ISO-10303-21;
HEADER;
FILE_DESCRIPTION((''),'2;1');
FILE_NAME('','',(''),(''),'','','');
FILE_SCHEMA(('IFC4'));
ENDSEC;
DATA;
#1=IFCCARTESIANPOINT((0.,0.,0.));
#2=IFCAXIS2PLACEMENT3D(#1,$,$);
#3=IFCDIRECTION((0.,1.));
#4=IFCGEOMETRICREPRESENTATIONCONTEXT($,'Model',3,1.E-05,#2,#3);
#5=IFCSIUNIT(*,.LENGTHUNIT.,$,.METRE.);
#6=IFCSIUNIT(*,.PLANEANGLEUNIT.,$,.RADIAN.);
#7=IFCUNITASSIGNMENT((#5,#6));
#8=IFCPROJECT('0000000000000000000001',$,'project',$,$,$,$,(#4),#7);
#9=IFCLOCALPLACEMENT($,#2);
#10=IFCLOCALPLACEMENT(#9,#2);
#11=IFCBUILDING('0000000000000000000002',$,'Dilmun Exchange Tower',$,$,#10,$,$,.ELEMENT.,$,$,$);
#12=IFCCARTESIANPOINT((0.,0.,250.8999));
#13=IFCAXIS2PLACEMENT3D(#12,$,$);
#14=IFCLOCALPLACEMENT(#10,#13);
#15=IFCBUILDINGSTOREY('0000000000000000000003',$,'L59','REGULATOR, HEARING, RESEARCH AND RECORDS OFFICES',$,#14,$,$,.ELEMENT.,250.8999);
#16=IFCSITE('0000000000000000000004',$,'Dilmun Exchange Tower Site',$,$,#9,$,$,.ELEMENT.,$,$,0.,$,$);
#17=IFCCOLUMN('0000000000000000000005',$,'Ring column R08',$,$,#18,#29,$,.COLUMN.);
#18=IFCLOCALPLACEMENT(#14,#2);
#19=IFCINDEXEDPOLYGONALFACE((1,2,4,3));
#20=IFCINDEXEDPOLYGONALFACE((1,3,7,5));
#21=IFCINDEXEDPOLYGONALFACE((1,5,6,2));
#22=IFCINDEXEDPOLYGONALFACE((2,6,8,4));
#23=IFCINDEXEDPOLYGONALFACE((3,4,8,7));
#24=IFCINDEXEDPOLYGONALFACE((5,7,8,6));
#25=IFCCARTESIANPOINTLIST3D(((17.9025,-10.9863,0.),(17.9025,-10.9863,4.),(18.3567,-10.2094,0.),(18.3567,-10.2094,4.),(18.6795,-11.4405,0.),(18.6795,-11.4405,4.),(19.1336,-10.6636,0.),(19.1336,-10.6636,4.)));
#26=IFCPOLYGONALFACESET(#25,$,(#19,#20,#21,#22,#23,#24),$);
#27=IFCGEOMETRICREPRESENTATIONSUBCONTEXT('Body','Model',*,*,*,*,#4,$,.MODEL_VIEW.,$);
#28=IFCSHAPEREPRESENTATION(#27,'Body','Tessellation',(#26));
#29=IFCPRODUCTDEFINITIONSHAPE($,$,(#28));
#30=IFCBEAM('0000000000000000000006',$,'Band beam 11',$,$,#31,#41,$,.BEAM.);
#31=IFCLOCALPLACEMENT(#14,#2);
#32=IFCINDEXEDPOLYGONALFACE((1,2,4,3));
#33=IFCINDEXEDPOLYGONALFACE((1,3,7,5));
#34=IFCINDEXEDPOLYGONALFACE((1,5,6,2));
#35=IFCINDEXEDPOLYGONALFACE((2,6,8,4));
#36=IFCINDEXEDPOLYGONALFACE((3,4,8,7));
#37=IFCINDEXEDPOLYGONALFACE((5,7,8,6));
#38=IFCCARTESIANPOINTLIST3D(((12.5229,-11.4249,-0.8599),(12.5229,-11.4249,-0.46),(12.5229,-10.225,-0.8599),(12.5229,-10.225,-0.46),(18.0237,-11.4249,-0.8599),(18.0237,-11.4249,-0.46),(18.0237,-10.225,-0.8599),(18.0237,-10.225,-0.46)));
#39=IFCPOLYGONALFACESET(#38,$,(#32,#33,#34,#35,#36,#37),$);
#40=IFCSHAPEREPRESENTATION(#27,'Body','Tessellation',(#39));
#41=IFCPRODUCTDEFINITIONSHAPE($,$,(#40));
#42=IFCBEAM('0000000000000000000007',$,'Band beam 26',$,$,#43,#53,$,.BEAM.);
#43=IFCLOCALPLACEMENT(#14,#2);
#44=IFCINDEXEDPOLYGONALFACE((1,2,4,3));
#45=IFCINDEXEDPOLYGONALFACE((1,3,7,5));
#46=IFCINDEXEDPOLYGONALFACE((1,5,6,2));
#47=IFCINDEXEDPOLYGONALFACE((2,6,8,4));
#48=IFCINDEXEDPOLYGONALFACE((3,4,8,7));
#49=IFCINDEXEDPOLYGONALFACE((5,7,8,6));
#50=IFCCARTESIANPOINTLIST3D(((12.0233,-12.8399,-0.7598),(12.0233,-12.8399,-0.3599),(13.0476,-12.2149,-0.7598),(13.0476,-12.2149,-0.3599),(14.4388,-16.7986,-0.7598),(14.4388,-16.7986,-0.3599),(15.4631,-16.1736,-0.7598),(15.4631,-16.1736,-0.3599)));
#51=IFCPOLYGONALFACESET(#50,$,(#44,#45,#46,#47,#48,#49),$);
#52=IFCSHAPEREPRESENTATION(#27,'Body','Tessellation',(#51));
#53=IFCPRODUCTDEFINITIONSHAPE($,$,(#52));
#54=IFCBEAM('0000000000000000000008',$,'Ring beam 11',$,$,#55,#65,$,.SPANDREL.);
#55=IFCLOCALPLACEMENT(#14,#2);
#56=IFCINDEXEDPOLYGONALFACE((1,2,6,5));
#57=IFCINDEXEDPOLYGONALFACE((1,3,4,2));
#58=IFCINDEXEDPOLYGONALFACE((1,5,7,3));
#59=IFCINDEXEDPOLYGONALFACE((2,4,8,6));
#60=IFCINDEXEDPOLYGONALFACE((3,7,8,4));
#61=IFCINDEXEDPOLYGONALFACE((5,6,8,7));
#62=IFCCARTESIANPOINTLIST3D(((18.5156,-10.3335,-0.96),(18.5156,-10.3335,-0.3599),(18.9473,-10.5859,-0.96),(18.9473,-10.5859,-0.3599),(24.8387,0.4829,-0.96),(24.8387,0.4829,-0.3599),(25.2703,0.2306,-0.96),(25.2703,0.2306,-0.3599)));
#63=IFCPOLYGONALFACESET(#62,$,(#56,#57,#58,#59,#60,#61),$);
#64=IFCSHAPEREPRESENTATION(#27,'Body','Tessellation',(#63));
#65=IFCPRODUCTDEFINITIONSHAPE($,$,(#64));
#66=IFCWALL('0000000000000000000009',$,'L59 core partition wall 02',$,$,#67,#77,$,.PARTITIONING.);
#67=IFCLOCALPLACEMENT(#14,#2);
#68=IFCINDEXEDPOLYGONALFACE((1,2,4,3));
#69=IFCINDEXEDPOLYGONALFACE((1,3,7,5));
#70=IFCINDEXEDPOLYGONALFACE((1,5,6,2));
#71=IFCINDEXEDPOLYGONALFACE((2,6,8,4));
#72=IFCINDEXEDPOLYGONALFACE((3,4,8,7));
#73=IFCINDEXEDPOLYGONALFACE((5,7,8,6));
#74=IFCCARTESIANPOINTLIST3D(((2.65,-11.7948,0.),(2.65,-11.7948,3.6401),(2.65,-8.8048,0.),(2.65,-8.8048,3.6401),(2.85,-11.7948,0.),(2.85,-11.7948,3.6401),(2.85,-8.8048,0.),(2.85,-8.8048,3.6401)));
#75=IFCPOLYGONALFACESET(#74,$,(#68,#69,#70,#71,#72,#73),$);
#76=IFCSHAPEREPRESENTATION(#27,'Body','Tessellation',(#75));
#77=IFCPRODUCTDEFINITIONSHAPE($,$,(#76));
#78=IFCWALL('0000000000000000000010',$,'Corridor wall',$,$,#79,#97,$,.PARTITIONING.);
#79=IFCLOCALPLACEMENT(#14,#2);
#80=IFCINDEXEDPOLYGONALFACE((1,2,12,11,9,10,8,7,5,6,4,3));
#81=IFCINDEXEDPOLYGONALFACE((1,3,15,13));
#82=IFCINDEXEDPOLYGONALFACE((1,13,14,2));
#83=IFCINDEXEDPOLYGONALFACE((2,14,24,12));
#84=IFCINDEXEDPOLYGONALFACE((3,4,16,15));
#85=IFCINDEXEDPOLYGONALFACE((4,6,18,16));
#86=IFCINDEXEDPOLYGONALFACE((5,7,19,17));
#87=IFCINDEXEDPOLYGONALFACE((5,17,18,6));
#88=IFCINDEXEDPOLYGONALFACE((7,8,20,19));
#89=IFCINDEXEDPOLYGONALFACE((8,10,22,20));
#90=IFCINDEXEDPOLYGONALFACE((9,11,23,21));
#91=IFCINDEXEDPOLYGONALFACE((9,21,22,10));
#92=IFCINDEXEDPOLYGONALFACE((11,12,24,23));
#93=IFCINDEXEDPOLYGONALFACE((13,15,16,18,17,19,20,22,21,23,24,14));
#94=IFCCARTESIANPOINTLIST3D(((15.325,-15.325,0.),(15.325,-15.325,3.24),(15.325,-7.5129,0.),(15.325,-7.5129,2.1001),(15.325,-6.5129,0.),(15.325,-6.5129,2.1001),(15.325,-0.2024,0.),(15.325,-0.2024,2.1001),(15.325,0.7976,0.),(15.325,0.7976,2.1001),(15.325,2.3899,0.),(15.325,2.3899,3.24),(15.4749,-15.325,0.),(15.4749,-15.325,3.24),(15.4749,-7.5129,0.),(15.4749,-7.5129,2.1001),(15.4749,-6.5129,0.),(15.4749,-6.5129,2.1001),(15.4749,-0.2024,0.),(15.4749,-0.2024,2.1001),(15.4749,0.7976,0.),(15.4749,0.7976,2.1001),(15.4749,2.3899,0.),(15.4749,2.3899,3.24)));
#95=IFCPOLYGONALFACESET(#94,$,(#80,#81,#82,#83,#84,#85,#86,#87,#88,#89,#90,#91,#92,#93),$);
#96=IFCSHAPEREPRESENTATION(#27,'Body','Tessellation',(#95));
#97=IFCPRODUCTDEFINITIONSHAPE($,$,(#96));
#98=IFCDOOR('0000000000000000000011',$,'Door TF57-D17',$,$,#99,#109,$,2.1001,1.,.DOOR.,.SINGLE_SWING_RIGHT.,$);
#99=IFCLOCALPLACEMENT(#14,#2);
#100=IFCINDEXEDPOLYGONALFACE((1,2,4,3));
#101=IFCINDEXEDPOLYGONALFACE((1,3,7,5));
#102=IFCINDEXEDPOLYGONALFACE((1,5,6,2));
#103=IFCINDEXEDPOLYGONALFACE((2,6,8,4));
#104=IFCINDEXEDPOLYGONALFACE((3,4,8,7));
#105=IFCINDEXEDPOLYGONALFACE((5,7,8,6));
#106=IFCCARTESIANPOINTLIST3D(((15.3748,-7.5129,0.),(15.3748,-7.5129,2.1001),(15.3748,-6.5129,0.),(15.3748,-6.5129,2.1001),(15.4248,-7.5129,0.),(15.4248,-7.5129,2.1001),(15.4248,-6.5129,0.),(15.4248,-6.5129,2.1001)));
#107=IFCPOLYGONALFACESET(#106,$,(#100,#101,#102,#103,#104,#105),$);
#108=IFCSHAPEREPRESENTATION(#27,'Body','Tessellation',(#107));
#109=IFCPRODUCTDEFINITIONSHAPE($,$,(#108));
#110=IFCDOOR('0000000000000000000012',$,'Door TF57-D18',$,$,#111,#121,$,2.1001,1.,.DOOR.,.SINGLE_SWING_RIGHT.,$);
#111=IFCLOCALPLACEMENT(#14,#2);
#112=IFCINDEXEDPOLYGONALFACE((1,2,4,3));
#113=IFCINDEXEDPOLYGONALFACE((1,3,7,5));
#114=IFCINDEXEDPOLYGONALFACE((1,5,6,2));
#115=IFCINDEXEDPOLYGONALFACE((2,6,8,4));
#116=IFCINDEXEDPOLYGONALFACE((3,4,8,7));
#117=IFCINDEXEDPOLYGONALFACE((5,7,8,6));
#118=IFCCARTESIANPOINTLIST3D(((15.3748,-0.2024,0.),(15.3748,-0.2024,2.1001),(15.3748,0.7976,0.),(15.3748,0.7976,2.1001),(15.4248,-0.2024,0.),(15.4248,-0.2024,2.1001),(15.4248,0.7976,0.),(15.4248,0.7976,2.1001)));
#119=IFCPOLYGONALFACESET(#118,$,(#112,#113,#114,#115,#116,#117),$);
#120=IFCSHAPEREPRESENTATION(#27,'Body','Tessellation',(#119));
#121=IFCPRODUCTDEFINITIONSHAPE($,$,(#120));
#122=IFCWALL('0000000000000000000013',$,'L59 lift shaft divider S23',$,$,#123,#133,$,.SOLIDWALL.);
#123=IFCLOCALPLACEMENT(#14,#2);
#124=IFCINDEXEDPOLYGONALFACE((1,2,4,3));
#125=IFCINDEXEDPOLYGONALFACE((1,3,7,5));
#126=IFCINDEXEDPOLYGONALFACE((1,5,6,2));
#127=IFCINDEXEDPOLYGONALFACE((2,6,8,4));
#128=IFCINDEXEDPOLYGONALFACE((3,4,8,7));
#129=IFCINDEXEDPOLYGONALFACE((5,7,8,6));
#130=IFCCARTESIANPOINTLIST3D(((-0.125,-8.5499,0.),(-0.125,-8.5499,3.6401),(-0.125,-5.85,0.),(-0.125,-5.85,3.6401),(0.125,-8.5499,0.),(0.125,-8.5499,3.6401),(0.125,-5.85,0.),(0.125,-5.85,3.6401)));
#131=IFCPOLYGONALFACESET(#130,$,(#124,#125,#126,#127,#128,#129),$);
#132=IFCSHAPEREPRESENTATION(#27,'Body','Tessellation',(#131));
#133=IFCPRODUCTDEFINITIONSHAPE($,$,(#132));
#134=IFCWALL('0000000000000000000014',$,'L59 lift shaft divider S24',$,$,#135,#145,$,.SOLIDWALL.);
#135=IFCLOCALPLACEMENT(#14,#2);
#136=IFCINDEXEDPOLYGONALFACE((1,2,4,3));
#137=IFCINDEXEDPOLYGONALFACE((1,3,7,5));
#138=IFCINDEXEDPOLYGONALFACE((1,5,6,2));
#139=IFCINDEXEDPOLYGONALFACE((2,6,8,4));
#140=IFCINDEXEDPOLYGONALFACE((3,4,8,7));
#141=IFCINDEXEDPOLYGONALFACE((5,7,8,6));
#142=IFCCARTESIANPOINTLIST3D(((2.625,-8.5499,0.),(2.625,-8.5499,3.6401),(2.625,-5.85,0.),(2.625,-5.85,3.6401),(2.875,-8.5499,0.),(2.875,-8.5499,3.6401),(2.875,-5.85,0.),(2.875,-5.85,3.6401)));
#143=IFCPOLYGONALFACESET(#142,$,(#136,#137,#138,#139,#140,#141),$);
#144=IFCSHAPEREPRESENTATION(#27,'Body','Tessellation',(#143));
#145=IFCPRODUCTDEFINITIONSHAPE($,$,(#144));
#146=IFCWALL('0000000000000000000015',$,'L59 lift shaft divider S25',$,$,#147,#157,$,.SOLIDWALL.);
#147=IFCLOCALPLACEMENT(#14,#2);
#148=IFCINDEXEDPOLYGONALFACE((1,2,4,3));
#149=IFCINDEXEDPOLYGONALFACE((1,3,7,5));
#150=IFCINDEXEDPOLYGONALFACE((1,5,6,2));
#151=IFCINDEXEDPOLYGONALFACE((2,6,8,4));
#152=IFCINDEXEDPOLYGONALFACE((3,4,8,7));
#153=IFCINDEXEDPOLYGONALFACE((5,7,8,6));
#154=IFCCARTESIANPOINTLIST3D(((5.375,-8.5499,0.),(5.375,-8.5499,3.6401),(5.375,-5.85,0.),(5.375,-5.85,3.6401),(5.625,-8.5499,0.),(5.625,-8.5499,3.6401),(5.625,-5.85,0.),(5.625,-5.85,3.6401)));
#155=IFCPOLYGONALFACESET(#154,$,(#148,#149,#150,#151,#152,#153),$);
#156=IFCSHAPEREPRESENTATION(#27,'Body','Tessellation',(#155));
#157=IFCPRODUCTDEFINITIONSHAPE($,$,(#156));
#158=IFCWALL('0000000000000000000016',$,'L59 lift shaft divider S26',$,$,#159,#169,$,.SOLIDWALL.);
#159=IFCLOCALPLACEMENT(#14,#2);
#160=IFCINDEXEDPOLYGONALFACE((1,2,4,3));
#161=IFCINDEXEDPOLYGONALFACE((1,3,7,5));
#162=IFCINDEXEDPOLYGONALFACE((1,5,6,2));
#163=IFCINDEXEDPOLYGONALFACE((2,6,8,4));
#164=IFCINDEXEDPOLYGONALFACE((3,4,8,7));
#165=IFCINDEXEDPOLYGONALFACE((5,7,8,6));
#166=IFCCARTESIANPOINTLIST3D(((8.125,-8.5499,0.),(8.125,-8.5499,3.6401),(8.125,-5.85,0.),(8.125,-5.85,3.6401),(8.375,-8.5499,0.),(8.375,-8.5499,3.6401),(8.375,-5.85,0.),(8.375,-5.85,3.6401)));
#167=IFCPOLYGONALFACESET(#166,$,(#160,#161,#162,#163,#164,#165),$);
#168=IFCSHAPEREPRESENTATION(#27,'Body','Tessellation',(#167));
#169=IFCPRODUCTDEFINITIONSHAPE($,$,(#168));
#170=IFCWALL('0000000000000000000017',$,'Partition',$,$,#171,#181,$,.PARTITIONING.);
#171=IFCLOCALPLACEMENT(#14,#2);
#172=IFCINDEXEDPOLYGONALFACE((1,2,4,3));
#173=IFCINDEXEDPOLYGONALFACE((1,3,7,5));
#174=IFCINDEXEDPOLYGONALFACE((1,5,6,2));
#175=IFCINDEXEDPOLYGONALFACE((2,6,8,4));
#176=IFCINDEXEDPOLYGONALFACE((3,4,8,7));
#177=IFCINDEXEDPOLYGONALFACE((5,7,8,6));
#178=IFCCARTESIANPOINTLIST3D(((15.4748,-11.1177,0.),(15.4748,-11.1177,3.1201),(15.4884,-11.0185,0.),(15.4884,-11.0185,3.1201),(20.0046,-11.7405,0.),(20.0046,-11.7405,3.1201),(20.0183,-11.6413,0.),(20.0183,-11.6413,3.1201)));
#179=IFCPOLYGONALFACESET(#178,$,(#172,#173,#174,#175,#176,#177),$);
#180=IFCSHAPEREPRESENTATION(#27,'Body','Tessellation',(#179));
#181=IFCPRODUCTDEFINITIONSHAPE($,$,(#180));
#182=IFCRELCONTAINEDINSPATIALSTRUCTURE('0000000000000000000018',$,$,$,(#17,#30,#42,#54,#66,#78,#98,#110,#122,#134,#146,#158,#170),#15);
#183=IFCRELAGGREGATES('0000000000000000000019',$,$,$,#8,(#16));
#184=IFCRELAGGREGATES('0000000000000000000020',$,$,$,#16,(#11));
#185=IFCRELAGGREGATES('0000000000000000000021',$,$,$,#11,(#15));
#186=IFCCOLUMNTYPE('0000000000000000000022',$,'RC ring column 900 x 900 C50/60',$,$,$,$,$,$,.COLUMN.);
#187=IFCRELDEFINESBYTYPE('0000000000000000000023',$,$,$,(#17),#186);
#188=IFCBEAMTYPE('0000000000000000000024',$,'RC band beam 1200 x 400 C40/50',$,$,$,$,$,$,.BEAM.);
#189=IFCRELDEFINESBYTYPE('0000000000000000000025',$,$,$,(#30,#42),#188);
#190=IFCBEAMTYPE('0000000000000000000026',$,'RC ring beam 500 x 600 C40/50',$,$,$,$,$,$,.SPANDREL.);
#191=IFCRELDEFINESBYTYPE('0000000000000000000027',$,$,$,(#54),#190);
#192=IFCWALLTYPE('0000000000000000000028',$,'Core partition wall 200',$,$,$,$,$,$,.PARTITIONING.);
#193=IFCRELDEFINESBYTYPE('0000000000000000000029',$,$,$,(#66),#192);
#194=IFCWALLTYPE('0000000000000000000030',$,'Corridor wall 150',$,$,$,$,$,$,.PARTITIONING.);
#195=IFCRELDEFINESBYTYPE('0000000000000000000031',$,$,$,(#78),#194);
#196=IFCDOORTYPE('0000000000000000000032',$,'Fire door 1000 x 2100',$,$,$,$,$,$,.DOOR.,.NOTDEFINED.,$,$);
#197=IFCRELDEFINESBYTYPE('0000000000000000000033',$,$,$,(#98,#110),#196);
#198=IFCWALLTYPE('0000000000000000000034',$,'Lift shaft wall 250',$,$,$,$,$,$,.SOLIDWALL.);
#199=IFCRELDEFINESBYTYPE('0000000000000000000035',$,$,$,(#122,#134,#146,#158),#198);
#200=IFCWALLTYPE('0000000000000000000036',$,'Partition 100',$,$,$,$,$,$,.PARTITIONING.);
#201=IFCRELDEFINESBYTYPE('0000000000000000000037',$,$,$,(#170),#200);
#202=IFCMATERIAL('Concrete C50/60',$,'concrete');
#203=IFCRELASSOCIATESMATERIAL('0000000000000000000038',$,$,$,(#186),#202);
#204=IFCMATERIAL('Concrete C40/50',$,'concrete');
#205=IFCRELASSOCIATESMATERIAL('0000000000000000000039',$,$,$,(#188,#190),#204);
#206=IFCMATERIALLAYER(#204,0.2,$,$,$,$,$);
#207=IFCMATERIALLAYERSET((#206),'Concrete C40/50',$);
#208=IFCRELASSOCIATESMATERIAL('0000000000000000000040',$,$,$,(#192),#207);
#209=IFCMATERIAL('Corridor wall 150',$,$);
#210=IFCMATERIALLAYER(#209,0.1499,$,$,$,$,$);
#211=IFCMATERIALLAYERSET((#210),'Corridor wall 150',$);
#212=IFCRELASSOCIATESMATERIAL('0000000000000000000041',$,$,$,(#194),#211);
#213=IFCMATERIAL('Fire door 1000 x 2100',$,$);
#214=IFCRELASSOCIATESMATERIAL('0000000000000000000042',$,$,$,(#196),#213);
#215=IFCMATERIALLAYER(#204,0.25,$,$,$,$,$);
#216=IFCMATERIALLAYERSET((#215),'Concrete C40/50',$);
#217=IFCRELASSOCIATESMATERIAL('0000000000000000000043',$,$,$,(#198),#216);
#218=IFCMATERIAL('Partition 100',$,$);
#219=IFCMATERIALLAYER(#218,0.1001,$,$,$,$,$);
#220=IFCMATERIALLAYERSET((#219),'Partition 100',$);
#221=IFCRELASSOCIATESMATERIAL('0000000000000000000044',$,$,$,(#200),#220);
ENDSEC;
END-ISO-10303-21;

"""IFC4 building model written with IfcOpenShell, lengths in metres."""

from ifc_helpers import new_model, si_unit, direction, frame, frame_2d, origin, origin_2d, place, context, subcontext, project, spatial, rectangle, extrude, material, layer, layer_set, material_profile, profile_set, type_object, element, fill, save


model = new_model("IFC4")

# Units and contexts
model_context = context("Model", 3, precision=1e-05, world=origin(), true_north=direction((0.0, 1.0)))
body_context = subcontext(model_context, "Body", "Model", "MODEL_VIEW")
ifc_project = project(units=[si_unit("LENGTHUNIT", "METRE"), si_unit("PLANEANGLEUNIT", "RADIAN")], contexts=[model_context])

# Site, building, storey
site_placement = place(None, origin())
site = spatial("IfcSite", under=ifc_project, at=site_placement, Name="Dilmun Exchange Tower Site", CompositionType="ELEMENT", RefElevation=0.0)
building_placement = place(site_placement, origin())
building = spatial("IfcBuilding", under=site, at=building_placement, Name="Dilmun Exchange Tower", CompositionType="ELEMENT")
storey_placement = place(building_placement, frame((0.0, 0.0, 250.8999)))
storey = spatial("IfcBuildingStorey", under=building, at=storey_placement, Name="L59", Description="REGULATOR, HEARING, RESEARCH AND RECORDS OFFICES", CompositionType="ELEMENT", Elevation=250.8999)

# Column
ifc_material_1 = material(Name="Concrete C50/60", Category="concrete")
ifc_material_profile_1 = material_profile(ifc_material_1, rectangle(XDim=0.8999, YDim=0.8999, at=origin_2d()), Name="900 x 900")
ifc_profile_set_1 = profile_set([ifc_material_profile_1], Name="Concrete C50/60")
column_type = type_object("IfcColumnType", Name="RC ring column 900 x 900 C50/60", PredefinedType="COLUMN", material=ifc_profile_set_1)
column_placement = place(storey_placement, frame((18.5181, -10.825, 0.0), z_axis=(0.0, 0.0, 1.0), x_axis=(0.504644, 0.863328, 0.0)))
element("IfcColumn", 1, at=column_placement, inside=storey, type_object=column_type, Name="Ring column R08", PredefinedType="COLUMN", context=body_context, shape_type="SweptSolid", body=[
    extrude(rectangle(XDim=0.8999, YDim=0.8999, at=origin_2d()), origin(), (0.0, 0.0, 1.0), 4.0),
])

# Beams
ifc_material_2 = material(Name="Concrete C40/50", Category="concrete")
ifc_material_profile_2 = material_profile(ifc_material_2, rectangle(XDim=1.2, YDim=0.3999, at=origin_2d()), Name="1200 x 400")
ifc_profile_set_2 = profile_set([ifc_material_profile_2], Name="Concrete C40/50")
beam_type_1 = type_object("IfcBeamType", Name="RC band beam 1200 x 400 C40/50", PredefinedType="BEAM", material=ifc_profile_set_2)
beam_1_placement = place(storey_placement, frame((18.0237, -10.825, -0.6599), z_axis=(-1.0, 0.0, 0.0), x_axis=(0.0, -1.0, 0.0)))
element("IfcBeam", 2, at=beam_1_placement, inside=storey, type_object=beam_type_1, Name="Band beam 11", PredefinedType="BEAM", context=body_context, shape_type="SweptSolid", body=[
    extrude(rectangle(XDim=1.2, YDim=0.3999, at=origin_2d()), origin(), (0.0, 0.0, 1.0), 5.5007),
])
beam_2_placement = place(storey_placement, frame((14.9509, -16.4861, -0.5598), z_axis=(-0.520869, 0.853637, 0.0), x_axis=(-0.853637, -0.520869, 0.0)))
element("IfcBeam", 3, at=beam_2_placement, inside=storey, type_object=beam_type_1, Name="Band beam 26", PredefinedType="BEAM", context=body_context, shape_type="SweptSolid", body=[
    extrude(rectangle(XDim=1.2, YDim=0.3999, at=origin_2d()), origin(), (0.0, 0.0, 1.0), 4.6375),
])
ifc_material_profile_3 = material_profile(ifc_material_2, rectangle(XDim=0.5, YDim=0.6001, at=origin_2d()), Name="500 x 600")
ifc_profile_set_3 = profile_set([ifc_material_profile_3], Name="Concrete C40/50")
beam_type_2 = type_object("IfcBeamType", Name="RC ring beam 500 x 600 C40/50", PredefinedType="SPANDREL", material=ifc_profile_set_3)
beam_3_placement = place(storey_placement, frame((18.7314, -10.4597, -0.6599), z_axis=(0.50467, 0.863312, 0.0), x_axis=(-0.863312, 0.50467, 0.0)))
element("IfcBeam", 4, at=beam_3_placement, inside=storey, type_object=beam_type_2, Name="Ring beam 11", PredefinedType="SPANDREL", context=body_context, shape_type="SweptSolid", body=[
    extrude(rectangle(XDim=0.5, YDim=0.6001, at=origin_2d()), origin(), (0.0, 0.0, 1.0), 12.5291),
])

# Wall
ifc_layer_1 = layer(ifc_material_2, 0.2)
ifc_layer_set_1 = layer_set([ifc_layer_1], Name="Concrete C40/50")
wall_type_1 = type_object("IfcWallType", Name="Core partition wall 200", PredefinedType="PARTITIONING", material=ifc_layer_set_1)
wall_1_placement = place(storey_placement, frame((2.75, -11.7949, 0.0), z_axis=(0.0, 0.0, 1.0), x_axis=(0.0, 1.0, 0.0)))
element("IfcWall", 5, at=wall_1_placement, inside=storey, type_object=wall_type_1, Name="L59 core partition wall 02", PredefinedType="PARTITIONING", context=body_context, shape_type="SweptSolid", body=[
    extrude(rectangle(XDim=2.99, YDim=0.2, at=frame_2d((1.4951, 0.0))), origin(), (0.0, 0.0, 1.0), 3.6401),
])

# Wall, openings, doors
ifc_material_3 = material(Name="Corridor wall 150")
ifc_layer_2 = layer(ifc_material_3, 0.1499)
ifc_layer_set_2 = layer_set([ifc_layer_2], Name="Corridor wall 150")
wall_type_2 = type_object("IfcWallType", Name="Corridor wall 150", PredefinedType="PARTITIONING", material=ifc_layer_set_2)
wall_2_placement = place(storey_placement, frame((15.3999, -15.325, 0.0), z_axis=(0.0, 0.0, 1.0), x_axis=(0.0, 1.0, 0.0)))
wall_2 = element("IfcWall", 6, at=wall_2_placement, inside=storey, type_object=wall_type_2, Name="Corridor wall", PredefinedType="PARTITIONING", context=body_context, shape_type="SweptSolid", body=[
    extrude(rectangle(XDim=17.7148, YDim=0.1499, at=frame_2d((8.8574, 0.0))), origin(), (0.0, 0.0, 1.0), 3.24),
])
opening_1_placement = place(wall_2_placement, frame((7.812, 0.0, 0.0)))
opening_1 = element("IfcOpeningElement", 7, at=opening_1_placement, cuts=wall_2, PredefinedType="OPENING", context=body_context, shape_type="SweptSolid", body=[
    extrude(rectangle(XDim=1.0, YDim=2.1001, at=frame_2d((0.5, 1.05))), frame((0.0, 0.085, 0.0), z_axis=(0.0, -1.0, 0.0), x_axis=(1.0, 0.0, 0.0)), (0.0, 0.0, 1.0), 0.1699),
])
opening_2_placement = place(wall_2_placement, frame((15.1226, 0.0, 0.0)))
opening_2 = element("IfcOpeningElement", 8, at=opening_2_placement, cuts=wall_2, PredefinedType="OPENING", context=body_context, shape_type="SweptSolid", body=[
    extrude(rectangle(XDim=1.0, YDim=2.1001, at=frame_2d((0.5, 1.05))), frame((0.0, 0.085, 0.0), z_axis=(0.0, -1.0, 0.0), x_axis=(1.0, 0.0, 0.0)), (0.0, 0.0, 1.0), 0.1699),
])
ifc_material_4 = material(Name="Fire door 1000 x 2100")
door_type_1 = type_object("IfcDoorType", Name="Fire door 1000 x 2100", OperationType="NOTDEFINED", PredefinedType="DOOR", material=ifc_material_4)
door_1_placement = place(opening_1_placement, frame((1.0, 0.0, 0.0), z_axis=(0.0, 0.0, 1.0), x_axis=(-1.0, 0.0, 0.0)))
door_1 = element("IfcDoor", 9, at=door_1_placement, inside=storey, type_object=door_type_1, Name="Door TF57-D17", OperationType="SINGLE_SWING_RIGHT", OverallHeight=2.1001, OverallWidth=1.0, PredefinedType="DOOR", context=body_context, shape_type="SweptSolid", body=[
    extrude(rectangle(XDim=1.0, YDim=2.1001, at=frame_2d((0.5, 1.05))), frame((0.0, 0.0249, 0.0), z_axis=(0.0, -1.0, 0.0), x_axis=(1.0, 0.0, 0.0)), (0.0, 0.0, 1.0), 0.05),
])
fill(opening_1, door_1)
door_2_placement = place(opening_2_placement, frame((1.0, 0.0, 0.0), z_axis=(0.0, 0.0, 1.0), x_axis=(-1.0, 0.0, 0.0)))
door_2 = element("IfcDoor", 10, at=door_2_placement, inside=storey, type_object=door_type_1, Name="Door TF57-D18", OperationType="SINGLE_SWING_RIGHT", OverallHeight=2.1001, OverallWidth=1.0, PredefinedType="DOOR", context=body_context, shape_type="SweptSolid", body=[
    extrude(rectangle(XDim=1.0, YDim=2.1001, at=frame_2d((0.5, 1.05))), frame((0.0, 0.0249, 0.0), z_axis=(0.0, -1.0, 0.0), x_axis=(1.0, 0.0, 0.0)), (0.0, 0.0, 1.0), 0.05),
])
fill(opening_2, door_2)

# Walls
ifc_layer_3 = layer(ifc_material_2, 0.25)
ifc_layer_set_3 = layer_set([ifc_layer_3], Name="Concrete C40/50")
wall_type_3 = type_object("IfcWallType", Name="Lift shaft wall 250", PredefinedType="SOLIDWALL", material=ifc_layer_set_3)
for number, where, z_axis, x_axis, name in (
    (11, (0.0, -8.55, 0.0), (0.0, 0.0, 1.0), (0.0, 1.0, 0.0), "L59 lift shaft divider S23"),
    (12, (2.75, -8.55, 0.0), (0.0, 0.0, 1.0), (0.0, 1.0, 0.0), "L59 lift shaft divider S24"),
    (13, (5.5, -8.55, 0.0), (0.0, 0.0, 1.0), (0.0, 1.0, 0.0), "L59 lift shaft divider S25"),
    (14, (8.25, -8.55, 0.0), (0.0, 0.0, 1.0), (0.0, 1.0, 0.0), "L59 lift shaft divider S26"),
):
    element("IfcWall", number, at=place(storey_placement, frame(where, z_axis=z_axis, x_axis=x_axis)), inside=storey, type_object=wall_type_3, Name=name, PredefinedType="SOLIDWALL", context=body_context, shape_type="SweptSolid", body=[
        extrude(rectangle(XDim=2.7, YDim=0.25, at=frame_2d((1.3501, 0.0))), origin(), (0.0, 0.0, 1.0), 3.6401),
    ])
ifc_material_5 = material(Name="Partition 100")
ifc_layer_4 = layer(ifc_material_5, 0.1001)
ifc_layer_set_4 = layer_set([ifc_layer_4], Name="Partition 100")
wall_type_4 = type_object("IfcWallType", Name="Partition 100", PredefinedType="PARTITIONING", material=ifc_layer_set_4)
wall_3_placement = place(storey_placement, frame((15.4817, -11.0681, 0.0), z_axis=(0.0, 0.0, 1.0), x_axis=(0.99068, -0.136209, 0.0)))
element("IfcWall", 15, at=wall_3_placement, inside=storey, type_object=wall_type_4, Name="Partition", PredefinedType="PARTITIONING", context=body_context, shape_type="SweptSolid", body=[
    extrude(rectangle(XDim=4.5725, YDim=0.1001, at=frame_2d((2.2861, 0.0))), origin(), (0.0, 0.0, 1.0), 3.1201),
])

save(model, "model.ifc")
